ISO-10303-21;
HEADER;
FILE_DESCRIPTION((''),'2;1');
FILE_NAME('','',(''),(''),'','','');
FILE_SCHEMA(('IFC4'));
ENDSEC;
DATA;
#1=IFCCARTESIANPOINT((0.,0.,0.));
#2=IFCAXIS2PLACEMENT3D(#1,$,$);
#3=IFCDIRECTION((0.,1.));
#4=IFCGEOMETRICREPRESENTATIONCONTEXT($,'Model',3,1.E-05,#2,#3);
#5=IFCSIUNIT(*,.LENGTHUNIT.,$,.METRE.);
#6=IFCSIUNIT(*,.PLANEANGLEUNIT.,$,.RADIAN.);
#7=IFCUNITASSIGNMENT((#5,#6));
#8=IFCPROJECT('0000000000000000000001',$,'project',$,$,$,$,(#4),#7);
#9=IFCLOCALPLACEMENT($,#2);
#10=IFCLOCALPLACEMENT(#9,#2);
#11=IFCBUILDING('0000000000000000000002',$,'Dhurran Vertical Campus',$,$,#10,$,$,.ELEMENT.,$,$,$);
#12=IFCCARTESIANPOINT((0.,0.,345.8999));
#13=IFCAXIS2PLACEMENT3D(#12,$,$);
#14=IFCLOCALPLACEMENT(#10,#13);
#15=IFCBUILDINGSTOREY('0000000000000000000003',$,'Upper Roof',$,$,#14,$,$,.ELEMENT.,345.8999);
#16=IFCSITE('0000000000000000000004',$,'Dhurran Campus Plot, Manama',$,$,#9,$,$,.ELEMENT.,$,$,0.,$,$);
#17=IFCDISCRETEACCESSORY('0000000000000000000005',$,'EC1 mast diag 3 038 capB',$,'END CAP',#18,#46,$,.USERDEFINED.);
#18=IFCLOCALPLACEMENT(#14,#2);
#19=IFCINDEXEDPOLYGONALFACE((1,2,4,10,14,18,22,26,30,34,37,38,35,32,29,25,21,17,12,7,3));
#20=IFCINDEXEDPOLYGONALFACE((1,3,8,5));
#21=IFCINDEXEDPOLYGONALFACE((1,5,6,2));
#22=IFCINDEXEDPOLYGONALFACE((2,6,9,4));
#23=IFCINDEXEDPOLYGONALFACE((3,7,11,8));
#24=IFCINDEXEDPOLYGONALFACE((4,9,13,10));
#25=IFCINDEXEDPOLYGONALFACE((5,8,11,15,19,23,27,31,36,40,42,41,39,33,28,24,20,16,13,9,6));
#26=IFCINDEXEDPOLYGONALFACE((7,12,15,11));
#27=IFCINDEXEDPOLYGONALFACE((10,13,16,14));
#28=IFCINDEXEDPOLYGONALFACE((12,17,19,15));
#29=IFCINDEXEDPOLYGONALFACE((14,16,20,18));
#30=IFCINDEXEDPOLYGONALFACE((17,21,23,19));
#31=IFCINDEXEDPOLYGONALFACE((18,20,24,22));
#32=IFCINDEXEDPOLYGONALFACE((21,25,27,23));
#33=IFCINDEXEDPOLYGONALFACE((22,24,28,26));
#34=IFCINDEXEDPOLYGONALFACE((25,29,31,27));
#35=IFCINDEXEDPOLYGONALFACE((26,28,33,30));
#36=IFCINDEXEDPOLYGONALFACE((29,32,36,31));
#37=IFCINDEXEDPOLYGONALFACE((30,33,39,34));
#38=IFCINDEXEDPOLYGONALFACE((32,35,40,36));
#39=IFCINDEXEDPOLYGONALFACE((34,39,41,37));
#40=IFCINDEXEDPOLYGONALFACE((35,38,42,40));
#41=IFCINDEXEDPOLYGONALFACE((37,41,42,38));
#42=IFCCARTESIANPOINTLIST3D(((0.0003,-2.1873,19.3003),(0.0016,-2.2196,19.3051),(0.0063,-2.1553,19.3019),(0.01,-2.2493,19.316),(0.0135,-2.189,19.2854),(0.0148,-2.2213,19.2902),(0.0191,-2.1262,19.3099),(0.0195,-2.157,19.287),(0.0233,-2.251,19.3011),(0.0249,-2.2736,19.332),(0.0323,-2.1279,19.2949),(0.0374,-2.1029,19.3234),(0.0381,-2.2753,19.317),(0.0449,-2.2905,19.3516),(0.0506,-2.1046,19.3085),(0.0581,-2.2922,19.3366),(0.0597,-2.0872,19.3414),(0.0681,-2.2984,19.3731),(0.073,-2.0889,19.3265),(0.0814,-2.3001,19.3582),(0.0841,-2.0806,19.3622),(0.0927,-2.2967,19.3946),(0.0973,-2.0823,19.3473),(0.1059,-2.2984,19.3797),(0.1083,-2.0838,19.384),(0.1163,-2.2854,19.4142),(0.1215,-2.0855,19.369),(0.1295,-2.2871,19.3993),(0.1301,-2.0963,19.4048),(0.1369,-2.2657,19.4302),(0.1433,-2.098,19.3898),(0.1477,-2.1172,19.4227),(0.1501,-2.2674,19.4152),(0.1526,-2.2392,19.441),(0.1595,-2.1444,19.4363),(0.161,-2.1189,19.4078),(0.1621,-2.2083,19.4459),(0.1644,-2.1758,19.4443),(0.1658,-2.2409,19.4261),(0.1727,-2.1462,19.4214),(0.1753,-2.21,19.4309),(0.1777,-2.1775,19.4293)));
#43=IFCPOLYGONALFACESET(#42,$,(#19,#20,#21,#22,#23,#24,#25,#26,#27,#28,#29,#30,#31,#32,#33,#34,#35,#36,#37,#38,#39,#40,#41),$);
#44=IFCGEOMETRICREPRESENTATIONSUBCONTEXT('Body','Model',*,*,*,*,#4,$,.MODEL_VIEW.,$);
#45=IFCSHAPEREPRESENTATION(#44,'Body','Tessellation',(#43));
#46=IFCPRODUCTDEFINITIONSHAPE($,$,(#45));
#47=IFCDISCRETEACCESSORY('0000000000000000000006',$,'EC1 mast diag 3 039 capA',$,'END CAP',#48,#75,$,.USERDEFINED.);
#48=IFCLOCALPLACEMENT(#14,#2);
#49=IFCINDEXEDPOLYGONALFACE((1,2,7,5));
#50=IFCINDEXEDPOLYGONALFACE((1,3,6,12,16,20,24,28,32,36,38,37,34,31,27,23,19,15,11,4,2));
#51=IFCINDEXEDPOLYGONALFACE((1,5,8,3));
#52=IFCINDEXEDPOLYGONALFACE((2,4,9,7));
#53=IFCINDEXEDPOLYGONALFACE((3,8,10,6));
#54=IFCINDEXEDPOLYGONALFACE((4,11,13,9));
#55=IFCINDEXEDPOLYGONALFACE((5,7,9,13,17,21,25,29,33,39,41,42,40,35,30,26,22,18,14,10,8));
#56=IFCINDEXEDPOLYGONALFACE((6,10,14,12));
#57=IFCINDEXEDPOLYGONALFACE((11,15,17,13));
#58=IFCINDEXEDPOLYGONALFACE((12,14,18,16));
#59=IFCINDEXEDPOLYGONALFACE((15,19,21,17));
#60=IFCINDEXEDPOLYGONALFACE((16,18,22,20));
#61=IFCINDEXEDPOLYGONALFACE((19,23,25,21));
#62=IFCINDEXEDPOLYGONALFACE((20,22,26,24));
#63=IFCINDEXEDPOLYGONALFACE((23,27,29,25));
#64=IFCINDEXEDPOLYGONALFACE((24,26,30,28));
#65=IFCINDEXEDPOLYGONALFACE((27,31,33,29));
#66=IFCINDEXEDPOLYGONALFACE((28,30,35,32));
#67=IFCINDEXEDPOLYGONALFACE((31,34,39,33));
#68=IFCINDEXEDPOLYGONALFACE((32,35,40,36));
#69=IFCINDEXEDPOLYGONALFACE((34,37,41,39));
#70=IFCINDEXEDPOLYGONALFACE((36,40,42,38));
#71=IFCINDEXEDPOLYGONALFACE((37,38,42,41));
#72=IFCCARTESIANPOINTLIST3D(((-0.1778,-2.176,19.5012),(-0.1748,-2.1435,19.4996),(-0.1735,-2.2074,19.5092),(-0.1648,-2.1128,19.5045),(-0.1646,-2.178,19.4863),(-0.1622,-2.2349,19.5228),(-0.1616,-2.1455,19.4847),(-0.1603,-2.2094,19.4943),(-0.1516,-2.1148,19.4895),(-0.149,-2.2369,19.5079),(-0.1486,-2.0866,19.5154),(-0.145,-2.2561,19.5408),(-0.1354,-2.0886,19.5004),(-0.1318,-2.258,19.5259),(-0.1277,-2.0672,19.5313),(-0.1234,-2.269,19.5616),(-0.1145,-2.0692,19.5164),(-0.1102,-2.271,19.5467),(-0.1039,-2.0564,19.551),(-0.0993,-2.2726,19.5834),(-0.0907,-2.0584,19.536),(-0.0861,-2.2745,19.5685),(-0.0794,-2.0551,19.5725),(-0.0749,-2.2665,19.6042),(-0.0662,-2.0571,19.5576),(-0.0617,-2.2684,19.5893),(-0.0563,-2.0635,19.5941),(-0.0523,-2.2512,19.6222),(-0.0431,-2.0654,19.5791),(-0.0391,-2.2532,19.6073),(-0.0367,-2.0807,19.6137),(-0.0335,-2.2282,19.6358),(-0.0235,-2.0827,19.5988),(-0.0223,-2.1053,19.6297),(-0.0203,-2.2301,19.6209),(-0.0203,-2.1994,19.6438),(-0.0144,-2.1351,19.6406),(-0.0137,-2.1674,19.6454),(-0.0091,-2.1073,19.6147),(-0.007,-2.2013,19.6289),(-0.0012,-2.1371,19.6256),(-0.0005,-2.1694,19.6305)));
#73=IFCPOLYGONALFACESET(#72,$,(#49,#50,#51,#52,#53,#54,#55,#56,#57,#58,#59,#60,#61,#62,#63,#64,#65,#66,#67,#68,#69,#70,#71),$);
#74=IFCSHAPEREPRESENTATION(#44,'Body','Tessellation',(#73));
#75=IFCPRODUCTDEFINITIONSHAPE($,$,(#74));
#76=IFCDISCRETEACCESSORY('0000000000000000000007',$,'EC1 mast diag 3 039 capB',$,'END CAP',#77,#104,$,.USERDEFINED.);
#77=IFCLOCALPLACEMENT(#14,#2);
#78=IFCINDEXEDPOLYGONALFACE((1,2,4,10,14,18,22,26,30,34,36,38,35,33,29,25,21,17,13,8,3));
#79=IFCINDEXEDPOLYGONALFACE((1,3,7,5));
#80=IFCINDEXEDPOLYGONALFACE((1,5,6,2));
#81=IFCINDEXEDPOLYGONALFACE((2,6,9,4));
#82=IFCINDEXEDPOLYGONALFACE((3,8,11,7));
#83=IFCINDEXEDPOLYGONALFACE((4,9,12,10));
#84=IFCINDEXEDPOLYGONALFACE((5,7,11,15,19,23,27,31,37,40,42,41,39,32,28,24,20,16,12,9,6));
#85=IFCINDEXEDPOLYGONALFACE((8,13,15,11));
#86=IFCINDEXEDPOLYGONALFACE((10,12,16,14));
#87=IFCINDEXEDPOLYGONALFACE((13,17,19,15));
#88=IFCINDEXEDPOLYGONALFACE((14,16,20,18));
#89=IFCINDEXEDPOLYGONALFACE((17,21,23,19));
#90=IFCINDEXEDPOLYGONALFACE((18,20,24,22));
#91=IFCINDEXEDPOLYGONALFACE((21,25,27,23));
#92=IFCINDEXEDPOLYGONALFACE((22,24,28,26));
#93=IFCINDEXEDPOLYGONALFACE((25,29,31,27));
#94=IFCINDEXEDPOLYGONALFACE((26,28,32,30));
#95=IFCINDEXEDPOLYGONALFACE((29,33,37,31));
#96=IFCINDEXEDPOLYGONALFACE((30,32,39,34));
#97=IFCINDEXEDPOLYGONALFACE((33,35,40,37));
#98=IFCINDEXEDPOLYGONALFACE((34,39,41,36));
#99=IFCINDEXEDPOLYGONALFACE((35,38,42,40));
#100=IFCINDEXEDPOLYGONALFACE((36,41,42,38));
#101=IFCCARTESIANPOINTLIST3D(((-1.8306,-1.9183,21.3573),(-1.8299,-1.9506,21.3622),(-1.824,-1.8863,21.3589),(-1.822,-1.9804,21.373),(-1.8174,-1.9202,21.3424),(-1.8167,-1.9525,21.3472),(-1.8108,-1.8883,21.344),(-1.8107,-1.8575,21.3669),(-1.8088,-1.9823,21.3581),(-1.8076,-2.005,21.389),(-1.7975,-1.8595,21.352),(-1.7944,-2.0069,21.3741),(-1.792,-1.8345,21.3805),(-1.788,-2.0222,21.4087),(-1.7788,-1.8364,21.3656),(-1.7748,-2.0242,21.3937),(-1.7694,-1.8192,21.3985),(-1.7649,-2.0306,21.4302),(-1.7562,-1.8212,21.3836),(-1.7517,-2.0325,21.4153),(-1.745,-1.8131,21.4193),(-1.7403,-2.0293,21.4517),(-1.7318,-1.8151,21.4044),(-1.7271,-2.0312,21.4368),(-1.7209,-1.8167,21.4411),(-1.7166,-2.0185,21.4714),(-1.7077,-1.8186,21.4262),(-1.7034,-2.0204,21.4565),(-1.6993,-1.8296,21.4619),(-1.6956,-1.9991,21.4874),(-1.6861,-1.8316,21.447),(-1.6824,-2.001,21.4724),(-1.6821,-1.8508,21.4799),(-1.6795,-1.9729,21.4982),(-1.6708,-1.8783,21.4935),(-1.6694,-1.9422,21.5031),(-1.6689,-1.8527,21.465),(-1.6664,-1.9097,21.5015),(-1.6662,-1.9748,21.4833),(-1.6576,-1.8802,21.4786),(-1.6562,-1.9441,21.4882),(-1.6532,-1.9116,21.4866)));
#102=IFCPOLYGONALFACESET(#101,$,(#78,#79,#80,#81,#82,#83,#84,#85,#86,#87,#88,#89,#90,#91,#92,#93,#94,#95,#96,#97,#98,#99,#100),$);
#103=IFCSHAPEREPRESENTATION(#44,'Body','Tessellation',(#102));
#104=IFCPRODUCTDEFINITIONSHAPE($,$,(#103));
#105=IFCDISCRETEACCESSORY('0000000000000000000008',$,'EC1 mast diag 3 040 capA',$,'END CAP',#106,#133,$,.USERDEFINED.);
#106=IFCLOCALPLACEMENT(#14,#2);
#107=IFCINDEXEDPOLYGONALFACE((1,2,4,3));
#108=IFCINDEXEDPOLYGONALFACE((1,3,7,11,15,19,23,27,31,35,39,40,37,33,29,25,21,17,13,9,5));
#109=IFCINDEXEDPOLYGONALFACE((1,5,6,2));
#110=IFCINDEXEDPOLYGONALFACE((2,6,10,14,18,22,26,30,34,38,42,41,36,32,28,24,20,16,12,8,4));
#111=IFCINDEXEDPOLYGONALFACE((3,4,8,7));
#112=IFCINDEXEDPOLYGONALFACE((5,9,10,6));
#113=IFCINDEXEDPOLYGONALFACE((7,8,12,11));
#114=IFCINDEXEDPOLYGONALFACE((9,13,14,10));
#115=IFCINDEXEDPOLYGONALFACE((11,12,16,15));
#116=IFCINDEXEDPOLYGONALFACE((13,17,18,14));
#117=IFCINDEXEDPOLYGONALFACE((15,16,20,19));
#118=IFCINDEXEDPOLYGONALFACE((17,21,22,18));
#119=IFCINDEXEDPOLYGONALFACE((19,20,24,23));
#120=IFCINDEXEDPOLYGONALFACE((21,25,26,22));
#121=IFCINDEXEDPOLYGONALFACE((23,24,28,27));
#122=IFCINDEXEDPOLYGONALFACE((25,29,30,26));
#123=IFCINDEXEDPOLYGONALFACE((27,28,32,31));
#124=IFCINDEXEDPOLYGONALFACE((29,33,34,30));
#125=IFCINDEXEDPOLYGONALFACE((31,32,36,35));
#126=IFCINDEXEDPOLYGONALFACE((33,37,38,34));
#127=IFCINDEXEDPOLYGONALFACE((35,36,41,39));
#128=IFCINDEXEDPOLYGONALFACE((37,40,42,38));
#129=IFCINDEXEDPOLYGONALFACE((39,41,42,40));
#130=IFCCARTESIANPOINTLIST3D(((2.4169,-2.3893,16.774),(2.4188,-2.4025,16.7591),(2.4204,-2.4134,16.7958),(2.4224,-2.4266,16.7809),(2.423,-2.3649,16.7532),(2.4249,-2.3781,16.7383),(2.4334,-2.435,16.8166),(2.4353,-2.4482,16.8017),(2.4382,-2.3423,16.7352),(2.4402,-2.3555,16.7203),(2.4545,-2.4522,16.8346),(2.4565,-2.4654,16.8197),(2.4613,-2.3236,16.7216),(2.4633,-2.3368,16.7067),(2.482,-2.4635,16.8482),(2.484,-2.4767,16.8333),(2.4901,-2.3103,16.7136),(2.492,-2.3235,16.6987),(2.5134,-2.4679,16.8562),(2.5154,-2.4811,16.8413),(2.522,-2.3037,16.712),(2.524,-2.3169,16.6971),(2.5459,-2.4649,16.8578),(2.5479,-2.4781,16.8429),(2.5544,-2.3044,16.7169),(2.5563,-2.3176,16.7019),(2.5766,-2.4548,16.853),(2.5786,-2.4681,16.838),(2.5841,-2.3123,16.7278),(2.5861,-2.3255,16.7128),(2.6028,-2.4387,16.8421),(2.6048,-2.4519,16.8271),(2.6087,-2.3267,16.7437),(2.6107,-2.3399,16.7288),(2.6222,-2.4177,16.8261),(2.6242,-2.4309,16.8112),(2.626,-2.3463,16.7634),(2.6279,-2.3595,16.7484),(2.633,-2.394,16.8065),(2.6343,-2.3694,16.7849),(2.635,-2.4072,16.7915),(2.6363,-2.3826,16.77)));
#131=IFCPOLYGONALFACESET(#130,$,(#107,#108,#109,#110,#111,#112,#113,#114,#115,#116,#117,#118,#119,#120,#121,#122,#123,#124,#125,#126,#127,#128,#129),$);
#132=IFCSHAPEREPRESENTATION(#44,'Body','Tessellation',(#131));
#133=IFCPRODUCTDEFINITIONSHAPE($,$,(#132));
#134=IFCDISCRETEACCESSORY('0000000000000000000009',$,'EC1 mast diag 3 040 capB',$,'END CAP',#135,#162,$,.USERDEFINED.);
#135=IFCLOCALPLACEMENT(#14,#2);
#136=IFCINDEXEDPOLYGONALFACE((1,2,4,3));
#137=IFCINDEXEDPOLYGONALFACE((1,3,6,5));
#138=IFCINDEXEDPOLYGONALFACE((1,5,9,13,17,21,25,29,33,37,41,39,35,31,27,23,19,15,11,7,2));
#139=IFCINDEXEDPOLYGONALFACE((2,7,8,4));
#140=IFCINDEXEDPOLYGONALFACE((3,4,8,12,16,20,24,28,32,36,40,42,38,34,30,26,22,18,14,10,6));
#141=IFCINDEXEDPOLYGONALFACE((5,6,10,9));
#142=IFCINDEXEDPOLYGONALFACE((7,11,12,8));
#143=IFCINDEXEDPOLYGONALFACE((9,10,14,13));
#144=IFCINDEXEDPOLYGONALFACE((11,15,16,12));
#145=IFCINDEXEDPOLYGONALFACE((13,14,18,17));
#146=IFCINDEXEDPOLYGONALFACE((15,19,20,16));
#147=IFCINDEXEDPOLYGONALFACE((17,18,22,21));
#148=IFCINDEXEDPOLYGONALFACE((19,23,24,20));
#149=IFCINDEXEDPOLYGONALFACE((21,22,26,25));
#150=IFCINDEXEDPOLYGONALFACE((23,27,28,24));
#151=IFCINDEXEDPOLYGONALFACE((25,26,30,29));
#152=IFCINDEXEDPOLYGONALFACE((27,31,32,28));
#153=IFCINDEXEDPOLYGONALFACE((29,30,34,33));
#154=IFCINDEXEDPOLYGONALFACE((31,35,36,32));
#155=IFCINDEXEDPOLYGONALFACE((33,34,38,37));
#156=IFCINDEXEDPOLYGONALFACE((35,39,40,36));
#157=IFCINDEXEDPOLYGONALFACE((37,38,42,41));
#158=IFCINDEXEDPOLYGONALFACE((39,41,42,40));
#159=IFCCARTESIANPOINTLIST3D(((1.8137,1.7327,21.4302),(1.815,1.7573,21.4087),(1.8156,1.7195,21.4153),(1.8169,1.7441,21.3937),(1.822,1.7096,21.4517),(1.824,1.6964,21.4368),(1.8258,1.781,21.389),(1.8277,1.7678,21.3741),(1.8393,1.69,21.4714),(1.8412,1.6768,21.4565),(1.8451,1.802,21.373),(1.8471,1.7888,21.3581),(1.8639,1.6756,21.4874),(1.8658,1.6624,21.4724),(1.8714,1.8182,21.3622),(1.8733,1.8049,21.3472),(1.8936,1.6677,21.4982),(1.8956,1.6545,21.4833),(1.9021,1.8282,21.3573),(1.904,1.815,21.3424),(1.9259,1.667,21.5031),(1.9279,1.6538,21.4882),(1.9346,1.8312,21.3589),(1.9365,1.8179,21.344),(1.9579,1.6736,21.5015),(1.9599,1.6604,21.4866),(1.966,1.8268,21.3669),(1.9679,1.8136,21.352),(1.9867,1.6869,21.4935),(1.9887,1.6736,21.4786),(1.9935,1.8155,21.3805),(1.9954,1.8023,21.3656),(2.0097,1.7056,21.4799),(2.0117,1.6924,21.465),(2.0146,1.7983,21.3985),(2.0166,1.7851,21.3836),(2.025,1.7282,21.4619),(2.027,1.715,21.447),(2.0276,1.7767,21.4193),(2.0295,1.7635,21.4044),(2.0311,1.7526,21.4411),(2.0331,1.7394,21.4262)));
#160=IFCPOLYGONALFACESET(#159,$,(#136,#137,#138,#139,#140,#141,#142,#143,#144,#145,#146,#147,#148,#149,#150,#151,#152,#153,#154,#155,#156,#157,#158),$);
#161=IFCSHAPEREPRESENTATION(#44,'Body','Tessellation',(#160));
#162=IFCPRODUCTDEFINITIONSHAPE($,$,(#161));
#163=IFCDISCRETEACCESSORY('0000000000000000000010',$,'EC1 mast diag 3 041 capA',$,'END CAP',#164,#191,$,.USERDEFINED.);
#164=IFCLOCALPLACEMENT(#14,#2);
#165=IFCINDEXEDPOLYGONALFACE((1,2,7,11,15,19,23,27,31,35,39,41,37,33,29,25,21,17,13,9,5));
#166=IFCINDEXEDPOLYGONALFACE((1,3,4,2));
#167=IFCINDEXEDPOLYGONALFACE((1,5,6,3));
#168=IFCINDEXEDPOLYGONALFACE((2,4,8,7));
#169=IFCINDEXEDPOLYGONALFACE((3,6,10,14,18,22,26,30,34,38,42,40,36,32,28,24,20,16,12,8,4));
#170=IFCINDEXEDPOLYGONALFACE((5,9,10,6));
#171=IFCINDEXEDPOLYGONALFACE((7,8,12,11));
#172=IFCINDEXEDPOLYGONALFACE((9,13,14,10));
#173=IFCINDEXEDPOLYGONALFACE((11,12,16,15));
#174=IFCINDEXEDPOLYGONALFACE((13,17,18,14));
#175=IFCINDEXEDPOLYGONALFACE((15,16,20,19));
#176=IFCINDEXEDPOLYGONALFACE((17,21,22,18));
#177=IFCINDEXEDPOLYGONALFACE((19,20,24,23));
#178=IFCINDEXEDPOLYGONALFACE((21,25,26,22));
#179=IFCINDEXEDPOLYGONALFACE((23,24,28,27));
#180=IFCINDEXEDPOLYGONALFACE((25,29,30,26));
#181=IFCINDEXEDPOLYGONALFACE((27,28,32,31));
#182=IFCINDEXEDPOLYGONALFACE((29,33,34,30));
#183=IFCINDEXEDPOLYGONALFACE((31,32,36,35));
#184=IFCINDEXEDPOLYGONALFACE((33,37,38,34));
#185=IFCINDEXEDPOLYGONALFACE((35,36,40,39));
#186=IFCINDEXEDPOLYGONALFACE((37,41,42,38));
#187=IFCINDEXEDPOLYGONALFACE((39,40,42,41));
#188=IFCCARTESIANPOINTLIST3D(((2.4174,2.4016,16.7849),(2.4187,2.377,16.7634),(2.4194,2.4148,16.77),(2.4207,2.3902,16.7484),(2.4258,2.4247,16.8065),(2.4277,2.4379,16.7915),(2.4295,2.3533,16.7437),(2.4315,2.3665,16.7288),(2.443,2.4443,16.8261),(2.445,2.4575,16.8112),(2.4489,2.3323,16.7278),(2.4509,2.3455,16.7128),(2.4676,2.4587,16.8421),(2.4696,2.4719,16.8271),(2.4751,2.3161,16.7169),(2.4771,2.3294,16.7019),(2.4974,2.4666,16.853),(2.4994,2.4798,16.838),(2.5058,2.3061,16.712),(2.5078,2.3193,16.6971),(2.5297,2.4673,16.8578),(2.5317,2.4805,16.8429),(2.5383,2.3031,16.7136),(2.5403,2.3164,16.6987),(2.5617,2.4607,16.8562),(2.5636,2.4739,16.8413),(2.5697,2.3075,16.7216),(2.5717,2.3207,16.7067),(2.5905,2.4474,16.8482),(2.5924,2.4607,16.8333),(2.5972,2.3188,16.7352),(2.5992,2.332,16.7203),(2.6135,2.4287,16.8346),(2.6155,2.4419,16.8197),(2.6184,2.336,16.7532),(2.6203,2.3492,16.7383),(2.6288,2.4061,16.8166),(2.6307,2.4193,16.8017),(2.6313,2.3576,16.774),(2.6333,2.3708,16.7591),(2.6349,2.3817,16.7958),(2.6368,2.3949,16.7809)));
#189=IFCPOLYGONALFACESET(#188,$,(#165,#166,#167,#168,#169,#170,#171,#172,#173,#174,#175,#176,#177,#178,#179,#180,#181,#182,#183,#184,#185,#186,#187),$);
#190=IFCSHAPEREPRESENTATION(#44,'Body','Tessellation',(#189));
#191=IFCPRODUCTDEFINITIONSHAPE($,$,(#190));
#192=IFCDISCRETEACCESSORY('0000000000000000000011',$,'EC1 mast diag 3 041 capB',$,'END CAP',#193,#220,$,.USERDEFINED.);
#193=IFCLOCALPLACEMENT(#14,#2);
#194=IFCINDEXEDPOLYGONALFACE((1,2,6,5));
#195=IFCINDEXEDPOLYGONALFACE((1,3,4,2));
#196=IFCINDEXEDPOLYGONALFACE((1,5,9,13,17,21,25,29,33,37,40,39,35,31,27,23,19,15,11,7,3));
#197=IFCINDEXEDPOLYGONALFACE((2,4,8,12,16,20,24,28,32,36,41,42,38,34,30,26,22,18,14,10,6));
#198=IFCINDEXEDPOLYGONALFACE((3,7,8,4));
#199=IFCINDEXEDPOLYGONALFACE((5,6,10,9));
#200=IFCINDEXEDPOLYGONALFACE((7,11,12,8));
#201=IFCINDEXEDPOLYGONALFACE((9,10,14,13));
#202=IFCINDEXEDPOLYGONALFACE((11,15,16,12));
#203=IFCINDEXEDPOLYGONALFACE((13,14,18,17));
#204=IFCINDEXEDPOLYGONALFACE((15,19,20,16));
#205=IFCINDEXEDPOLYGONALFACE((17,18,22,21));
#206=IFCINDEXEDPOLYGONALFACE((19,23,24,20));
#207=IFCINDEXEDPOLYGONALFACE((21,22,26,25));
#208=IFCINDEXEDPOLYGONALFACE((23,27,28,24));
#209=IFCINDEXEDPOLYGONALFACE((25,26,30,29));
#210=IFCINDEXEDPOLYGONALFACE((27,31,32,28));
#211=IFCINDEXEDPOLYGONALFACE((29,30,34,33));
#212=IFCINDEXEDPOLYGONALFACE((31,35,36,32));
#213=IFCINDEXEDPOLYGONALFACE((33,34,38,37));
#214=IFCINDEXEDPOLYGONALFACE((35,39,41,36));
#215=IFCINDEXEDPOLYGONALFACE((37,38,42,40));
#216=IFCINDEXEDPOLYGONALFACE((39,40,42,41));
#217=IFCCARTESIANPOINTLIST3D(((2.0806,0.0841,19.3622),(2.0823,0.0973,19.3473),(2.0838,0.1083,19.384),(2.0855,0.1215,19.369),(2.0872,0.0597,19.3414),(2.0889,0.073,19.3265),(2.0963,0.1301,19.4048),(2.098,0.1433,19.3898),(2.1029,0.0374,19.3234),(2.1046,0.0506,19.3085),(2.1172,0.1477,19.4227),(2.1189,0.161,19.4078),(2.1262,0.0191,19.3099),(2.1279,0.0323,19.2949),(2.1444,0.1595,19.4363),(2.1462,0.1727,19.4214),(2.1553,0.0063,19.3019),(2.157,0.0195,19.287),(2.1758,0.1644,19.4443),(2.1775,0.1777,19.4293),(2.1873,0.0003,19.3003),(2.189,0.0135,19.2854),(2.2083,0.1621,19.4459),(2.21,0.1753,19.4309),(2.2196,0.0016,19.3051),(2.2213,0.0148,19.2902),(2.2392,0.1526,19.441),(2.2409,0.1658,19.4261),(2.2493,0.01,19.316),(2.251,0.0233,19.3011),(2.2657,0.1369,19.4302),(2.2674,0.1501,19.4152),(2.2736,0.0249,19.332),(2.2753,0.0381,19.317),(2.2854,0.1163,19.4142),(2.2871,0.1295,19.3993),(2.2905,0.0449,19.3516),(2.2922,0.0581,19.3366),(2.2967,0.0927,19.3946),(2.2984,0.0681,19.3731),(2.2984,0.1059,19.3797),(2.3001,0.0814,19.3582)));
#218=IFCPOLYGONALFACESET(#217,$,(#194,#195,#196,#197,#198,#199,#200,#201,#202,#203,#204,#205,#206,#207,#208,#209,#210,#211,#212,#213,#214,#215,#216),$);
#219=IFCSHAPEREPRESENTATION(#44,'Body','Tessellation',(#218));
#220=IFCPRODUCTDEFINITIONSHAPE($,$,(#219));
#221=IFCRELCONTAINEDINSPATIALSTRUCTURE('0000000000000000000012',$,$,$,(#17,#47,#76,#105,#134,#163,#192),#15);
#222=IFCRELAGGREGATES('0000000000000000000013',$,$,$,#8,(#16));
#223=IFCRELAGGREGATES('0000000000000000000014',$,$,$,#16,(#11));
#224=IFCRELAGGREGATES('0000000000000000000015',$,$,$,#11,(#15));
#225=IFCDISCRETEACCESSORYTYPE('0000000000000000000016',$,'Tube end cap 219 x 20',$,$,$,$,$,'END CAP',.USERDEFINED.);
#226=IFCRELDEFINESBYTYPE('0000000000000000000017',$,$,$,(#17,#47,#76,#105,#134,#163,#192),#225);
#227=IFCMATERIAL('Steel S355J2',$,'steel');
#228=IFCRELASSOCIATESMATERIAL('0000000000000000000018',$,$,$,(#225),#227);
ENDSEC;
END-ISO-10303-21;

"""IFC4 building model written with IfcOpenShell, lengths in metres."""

from ifc_helpers import new_model, si_unit, direction, frame, origin, origin_2d, place, context, subcontext, project, spatial, circle, extrude, material, material_profile, profile_set, type_object, element, save


model = new_model("IFC4")

# Units and contexts
model_context = context("Model", 3, precision=1e-05, world=origin(), true_north=direction((0.0, 1.0)))
body_context = subcontext(model_context, "Body", "Model", "MODEL_VIEW")
ifc_project = project(units=[si_unit("LENGTHUNIT", "METRE"), si_unit("PLANEANGLEUNIT", "RADIAN")], contexts=[model_context])

# Site, building, storey
site_placement = place(None, origin())
site = spatial("IfcSite", under=ifc_project, at=site_placement, Name="Dhurran Campus Plot, Manama", CompositionType="ELEMENT", RefElevation=0.0)
building_placement = place(site_placement, origin())
building = spatial("IfcBuilding", under=site, at=building_placement, Name="Dhurran Vertical Campus", CompositionType="ELEMENT")
storey_placement = place(building_placement, frame((0.0, 0.0, 345.8999)))
storey = spatial("IfcBuildingStorey", under=building, at=storey_placement, Name="Upper Roof", CompositionType="ELEMENT", Elevation=345.8999)

# Discrete accessories
ifc_material_1 = material(Name="Steel S355J2", Category="steel")
ifc_material_profile_1 = material_profile(ifc_material_1, circle(Radius=0.1096, at=origin_2d()), Name="Tube end cap 219 x 20")
ifc_profile_set_1 = profile_set([ifc_material_profile_1], Name="Steel S355J2")
discrete_accessory_type = type_object("IfcDiscreteAccessoryType", Name="Tube end cap 219 x 20", ElementType="END CAP", PredefinedType="USERDEFINED", material=ifc_profile_set_1)
for number, where, z_axis, x_axis, name in (
    (1, (0.0955, -2.1914, 19.3582), (-0.660405, 0.085608, 0.746013), (-0.128554, -0.991703, 0.0), "EC1 mast diag 3 038 capB"),
    (2, (-0.0955, -2.1636, 19.5725), (0.659666, -0.097728, -0.745178), (0.146549, 0.989203, 0.0), "EC1 mast diag 3 039 capA"),
    (3, (-1.7356, -1.9241, 21.4153), (-0.659666, 0.097728, 0.745178), (-0.146549, -0.989203, 0.0), "EC1 mast diag 3 039 capB"),
    (4, (2.5259, -2.3855, 16.7849), (0.097728, -0.659666, -0.745178), (0.989203, 0.146549, 0.0), "EC1 mast diag 3 040 capA"),
    (5, (1.9241, 1.7356, 21.4153), (-0.097728, 0.659666, 0.745178), (-0.989203, -0.146549, 0.0), "EC1 mast diag 3 040 capB"),
    (6, (2.5259, 2.3855, 16.7849), (0.097728, 0.659666, -0.745178), (-0.989203, 0.146549, 0.0), "EC1 mast diag 3 041 capA"),
    (7, (2.1914, 0.0955, 19.3582), (-0.085608, -0.660405, 0.746013), (0.991703, -0.128554, 0.0), "EC1 mast diag 3 041 capB"),
):
    element("IfcDiscreteAccessory", number, at=place(storey_placement, frame(where, z_axis=z_axis, x_axis=x_axis)), inside=storey, type_object=discrete_accessory_type, Name=name, ObjectType="END CAP", PredefinedType="USERDEFINED", context=body_context, shape_type="SweptSolid", body=[
        extrude(circle(Radius=0.1096, at=origin_2d()), origin(), (0.0, 0.0, 1.0), 0.02),
    ])

save(model, "model.ifc")
